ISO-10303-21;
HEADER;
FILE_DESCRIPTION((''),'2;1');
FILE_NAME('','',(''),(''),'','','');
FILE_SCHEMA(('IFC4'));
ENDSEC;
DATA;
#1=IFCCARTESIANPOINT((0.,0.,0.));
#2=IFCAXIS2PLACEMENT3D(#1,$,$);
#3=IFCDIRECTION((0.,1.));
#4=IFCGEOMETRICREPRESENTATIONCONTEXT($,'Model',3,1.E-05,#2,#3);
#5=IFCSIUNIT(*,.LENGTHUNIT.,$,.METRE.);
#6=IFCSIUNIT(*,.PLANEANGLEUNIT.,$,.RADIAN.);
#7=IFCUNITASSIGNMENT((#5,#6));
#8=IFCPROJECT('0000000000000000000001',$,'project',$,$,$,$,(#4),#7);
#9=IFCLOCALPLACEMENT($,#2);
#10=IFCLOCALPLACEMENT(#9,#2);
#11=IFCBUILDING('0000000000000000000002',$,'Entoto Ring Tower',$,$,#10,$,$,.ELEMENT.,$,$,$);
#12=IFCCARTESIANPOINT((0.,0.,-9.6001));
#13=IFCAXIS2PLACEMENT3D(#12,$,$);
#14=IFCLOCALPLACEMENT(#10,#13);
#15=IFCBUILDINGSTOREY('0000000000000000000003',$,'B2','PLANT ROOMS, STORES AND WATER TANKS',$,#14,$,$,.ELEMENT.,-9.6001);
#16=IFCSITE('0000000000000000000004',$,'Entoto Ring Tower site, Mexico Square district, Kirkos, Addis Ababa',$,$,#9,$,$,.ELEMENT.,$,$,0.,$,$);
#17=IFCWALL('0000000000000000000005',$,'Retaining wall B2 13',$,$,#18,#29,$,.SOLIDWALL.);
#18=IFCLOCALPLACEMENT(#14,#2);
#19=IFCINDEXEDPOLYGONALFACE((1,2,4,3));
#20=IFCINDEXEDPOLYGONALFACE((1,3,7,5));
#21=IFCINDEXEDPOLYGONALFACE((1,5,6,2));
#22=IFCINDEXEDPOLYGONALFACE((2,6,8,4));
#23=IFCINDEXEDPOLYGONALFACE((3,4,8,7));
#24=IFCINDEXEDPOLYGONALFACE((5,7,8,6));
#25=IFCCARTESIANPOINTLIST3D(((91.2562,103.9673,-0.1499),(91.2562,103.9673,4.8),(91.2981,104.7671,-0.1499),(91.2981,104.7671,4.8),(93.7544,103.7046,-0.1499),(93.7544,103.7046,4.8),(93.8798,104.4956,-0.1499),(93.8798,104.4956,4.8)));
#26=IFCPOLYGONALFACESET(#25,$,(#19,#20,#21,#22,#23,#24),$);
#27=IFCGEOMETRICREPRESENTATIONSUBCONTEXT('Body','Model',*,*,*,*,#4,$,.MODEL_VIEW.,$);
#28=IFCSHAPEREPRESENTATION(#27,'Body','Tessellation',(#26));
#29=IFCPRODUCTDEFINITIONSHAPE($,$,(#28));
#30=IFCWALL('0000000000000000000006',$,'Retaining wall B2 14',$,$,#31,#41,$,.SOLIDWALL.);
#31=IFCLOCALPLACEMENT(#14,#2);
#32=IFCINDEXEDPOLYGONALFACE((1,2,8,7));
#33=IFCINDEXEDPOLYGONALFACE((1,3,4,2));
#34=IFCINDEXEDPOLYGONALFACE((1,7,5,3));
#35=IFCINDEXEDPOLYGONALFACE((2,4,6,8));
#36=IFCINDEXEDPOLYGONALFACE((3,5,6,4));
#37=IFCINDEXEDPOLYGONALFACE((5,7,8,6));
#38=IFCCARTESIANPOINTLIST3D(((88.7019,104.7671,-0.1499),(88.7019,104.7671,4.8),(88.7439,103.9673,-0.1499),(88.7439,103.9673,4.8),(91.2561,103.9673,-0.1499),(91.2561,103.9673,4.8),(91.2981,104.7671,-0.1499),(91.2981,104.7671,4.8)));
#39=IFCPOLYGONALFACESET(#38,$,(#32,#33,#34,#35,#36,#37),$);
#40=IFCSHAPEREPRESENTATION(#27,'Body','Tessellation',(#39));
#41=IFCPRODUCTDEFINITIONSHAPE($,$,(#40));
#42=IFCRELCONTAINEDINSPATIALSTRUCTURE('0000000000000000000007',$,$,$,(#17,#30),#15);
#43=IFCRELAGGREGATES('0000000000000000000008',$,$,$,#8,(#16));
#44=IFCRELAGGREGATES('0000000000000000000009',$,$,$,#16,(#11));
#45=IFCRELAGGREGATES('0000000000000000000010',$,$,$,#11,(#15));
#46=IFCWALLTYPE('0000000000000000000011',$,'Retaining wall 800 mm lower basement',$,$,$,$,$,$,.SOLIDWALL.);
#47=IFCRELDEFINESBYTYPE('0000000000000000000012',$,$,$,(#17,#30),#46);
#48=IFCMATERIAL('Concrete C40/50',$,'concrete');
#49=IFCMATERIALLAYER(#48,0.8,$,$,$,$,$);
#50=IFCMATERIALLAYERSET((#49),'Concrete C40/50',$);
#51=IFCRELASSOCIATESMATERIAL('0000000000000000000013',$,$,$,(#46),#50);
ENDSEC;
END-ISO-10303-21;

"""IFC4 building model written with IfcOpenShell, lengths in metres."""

from ifc_helpers import new_model, si_unit, direction, frame, origin, place, context, subcontext, project, spatial, polyline, outline, extrude, material, layer, layer_set, type_object, element, save


model = new_model("IFC4")

# Units and contexts
model_context = context("Model", 3, precision=1e-05, world=origin(), true_north=direction((0.0, 1.0)))
body_context = subcontext(model_context, "Body", "Model", "MODEL_VIEW")
ifc_project = project(units=[si_unit("LENGTHUNIT", "METRE"), si_unit("PLANEANGLEUNIT", "RADIAN")], contexts=[model_context])

# Site, building, storey
site_placement = place(None, origin())
site = spatial("IfcSite", under=ifc_project, at=site_placement, Name="Entoto Ring Tower site, Mexico Square district, Kirkos, Addis Ababa", CompositionType="ELEMENT", RefElevation=0.0)
building_placement = place(site_placement, origin())
building = spatial("IfcBuilding", under=site, at=building_placement, Name="Entoto Ring Tower", CompositionType="ELEMENT")
storey_placement = place(building_placement, frame((0.0, 0.0, -9.6001)))
storey = spatial("IfcBuildingStorey", under=building, at=storey_placement, Name="B2", Description="PLANT ROOMS, STORES AND WATER TANKS", CompositionType="ELEMENT", Elevation=-9.6001)

# Walls
ifc_material_1 = material(Name="Concrete C40/50", Category="concrete")
ifc_layer_1 = layer(ifc_material_1, 0.8)
ifc_layer_set_1 = layer_set([ifc_layer_1], Name="Concrete C40/50")
wall_type_1 = type_object("IfcWallType", Name="Retaining wall 800 mm lower basement", PredefinedType="SOLIDWALL", material=ifc_layer_set_1)
wall_1_placement = place(storey_placement, frame((93.8171, 104.1001, -0.1499), z_axis=(0.0, 0.0, 1.0), x_axis=(-0.994517, 0.104575, 0.0)))
element("IfcWall", 1, at=wall_1_placement, inside=storey, type_object=wall_type_1, Name="Retaining wall B2 13", PredefinedType="SOLIDWALL", context=body_context, shape_type="SweptSolid", body=[
    extrude(outline(polyline([(-0.021, -0.3999), (2.575, -0.3999), (2.533, 0.3999), (0.021, 0.3999), (-0.021, -0.3999)])), origin(), (0.0, 0.0, 1.0), 4.95),
])
wall_2_placement = place(storey_placement, frame((91.2771, 104.3672, -0.1499), z_axis=(0.0, 0.0, 1.0), x_axis=(-1.0, 0.0, 0.0)))
element("IfcWall", 2, at=wall_2_placement, inside=storey, type_object=wall_type_1, Name="Retaining wall B2 14", PredefinedType="SOLIDWALL", context=body_context, shape_type="SweptSolid", body=[
    extrude(outline(polyline([(-0.021, -0.3999), (2.5752, -0.3999), (2.5332, 0.3999), (0.021, 0.3999), (-0.021, -0.3999)])), origin(), (0.0, 0.0, 1.0), 4.95),
])

save(model, "model.ifc")
